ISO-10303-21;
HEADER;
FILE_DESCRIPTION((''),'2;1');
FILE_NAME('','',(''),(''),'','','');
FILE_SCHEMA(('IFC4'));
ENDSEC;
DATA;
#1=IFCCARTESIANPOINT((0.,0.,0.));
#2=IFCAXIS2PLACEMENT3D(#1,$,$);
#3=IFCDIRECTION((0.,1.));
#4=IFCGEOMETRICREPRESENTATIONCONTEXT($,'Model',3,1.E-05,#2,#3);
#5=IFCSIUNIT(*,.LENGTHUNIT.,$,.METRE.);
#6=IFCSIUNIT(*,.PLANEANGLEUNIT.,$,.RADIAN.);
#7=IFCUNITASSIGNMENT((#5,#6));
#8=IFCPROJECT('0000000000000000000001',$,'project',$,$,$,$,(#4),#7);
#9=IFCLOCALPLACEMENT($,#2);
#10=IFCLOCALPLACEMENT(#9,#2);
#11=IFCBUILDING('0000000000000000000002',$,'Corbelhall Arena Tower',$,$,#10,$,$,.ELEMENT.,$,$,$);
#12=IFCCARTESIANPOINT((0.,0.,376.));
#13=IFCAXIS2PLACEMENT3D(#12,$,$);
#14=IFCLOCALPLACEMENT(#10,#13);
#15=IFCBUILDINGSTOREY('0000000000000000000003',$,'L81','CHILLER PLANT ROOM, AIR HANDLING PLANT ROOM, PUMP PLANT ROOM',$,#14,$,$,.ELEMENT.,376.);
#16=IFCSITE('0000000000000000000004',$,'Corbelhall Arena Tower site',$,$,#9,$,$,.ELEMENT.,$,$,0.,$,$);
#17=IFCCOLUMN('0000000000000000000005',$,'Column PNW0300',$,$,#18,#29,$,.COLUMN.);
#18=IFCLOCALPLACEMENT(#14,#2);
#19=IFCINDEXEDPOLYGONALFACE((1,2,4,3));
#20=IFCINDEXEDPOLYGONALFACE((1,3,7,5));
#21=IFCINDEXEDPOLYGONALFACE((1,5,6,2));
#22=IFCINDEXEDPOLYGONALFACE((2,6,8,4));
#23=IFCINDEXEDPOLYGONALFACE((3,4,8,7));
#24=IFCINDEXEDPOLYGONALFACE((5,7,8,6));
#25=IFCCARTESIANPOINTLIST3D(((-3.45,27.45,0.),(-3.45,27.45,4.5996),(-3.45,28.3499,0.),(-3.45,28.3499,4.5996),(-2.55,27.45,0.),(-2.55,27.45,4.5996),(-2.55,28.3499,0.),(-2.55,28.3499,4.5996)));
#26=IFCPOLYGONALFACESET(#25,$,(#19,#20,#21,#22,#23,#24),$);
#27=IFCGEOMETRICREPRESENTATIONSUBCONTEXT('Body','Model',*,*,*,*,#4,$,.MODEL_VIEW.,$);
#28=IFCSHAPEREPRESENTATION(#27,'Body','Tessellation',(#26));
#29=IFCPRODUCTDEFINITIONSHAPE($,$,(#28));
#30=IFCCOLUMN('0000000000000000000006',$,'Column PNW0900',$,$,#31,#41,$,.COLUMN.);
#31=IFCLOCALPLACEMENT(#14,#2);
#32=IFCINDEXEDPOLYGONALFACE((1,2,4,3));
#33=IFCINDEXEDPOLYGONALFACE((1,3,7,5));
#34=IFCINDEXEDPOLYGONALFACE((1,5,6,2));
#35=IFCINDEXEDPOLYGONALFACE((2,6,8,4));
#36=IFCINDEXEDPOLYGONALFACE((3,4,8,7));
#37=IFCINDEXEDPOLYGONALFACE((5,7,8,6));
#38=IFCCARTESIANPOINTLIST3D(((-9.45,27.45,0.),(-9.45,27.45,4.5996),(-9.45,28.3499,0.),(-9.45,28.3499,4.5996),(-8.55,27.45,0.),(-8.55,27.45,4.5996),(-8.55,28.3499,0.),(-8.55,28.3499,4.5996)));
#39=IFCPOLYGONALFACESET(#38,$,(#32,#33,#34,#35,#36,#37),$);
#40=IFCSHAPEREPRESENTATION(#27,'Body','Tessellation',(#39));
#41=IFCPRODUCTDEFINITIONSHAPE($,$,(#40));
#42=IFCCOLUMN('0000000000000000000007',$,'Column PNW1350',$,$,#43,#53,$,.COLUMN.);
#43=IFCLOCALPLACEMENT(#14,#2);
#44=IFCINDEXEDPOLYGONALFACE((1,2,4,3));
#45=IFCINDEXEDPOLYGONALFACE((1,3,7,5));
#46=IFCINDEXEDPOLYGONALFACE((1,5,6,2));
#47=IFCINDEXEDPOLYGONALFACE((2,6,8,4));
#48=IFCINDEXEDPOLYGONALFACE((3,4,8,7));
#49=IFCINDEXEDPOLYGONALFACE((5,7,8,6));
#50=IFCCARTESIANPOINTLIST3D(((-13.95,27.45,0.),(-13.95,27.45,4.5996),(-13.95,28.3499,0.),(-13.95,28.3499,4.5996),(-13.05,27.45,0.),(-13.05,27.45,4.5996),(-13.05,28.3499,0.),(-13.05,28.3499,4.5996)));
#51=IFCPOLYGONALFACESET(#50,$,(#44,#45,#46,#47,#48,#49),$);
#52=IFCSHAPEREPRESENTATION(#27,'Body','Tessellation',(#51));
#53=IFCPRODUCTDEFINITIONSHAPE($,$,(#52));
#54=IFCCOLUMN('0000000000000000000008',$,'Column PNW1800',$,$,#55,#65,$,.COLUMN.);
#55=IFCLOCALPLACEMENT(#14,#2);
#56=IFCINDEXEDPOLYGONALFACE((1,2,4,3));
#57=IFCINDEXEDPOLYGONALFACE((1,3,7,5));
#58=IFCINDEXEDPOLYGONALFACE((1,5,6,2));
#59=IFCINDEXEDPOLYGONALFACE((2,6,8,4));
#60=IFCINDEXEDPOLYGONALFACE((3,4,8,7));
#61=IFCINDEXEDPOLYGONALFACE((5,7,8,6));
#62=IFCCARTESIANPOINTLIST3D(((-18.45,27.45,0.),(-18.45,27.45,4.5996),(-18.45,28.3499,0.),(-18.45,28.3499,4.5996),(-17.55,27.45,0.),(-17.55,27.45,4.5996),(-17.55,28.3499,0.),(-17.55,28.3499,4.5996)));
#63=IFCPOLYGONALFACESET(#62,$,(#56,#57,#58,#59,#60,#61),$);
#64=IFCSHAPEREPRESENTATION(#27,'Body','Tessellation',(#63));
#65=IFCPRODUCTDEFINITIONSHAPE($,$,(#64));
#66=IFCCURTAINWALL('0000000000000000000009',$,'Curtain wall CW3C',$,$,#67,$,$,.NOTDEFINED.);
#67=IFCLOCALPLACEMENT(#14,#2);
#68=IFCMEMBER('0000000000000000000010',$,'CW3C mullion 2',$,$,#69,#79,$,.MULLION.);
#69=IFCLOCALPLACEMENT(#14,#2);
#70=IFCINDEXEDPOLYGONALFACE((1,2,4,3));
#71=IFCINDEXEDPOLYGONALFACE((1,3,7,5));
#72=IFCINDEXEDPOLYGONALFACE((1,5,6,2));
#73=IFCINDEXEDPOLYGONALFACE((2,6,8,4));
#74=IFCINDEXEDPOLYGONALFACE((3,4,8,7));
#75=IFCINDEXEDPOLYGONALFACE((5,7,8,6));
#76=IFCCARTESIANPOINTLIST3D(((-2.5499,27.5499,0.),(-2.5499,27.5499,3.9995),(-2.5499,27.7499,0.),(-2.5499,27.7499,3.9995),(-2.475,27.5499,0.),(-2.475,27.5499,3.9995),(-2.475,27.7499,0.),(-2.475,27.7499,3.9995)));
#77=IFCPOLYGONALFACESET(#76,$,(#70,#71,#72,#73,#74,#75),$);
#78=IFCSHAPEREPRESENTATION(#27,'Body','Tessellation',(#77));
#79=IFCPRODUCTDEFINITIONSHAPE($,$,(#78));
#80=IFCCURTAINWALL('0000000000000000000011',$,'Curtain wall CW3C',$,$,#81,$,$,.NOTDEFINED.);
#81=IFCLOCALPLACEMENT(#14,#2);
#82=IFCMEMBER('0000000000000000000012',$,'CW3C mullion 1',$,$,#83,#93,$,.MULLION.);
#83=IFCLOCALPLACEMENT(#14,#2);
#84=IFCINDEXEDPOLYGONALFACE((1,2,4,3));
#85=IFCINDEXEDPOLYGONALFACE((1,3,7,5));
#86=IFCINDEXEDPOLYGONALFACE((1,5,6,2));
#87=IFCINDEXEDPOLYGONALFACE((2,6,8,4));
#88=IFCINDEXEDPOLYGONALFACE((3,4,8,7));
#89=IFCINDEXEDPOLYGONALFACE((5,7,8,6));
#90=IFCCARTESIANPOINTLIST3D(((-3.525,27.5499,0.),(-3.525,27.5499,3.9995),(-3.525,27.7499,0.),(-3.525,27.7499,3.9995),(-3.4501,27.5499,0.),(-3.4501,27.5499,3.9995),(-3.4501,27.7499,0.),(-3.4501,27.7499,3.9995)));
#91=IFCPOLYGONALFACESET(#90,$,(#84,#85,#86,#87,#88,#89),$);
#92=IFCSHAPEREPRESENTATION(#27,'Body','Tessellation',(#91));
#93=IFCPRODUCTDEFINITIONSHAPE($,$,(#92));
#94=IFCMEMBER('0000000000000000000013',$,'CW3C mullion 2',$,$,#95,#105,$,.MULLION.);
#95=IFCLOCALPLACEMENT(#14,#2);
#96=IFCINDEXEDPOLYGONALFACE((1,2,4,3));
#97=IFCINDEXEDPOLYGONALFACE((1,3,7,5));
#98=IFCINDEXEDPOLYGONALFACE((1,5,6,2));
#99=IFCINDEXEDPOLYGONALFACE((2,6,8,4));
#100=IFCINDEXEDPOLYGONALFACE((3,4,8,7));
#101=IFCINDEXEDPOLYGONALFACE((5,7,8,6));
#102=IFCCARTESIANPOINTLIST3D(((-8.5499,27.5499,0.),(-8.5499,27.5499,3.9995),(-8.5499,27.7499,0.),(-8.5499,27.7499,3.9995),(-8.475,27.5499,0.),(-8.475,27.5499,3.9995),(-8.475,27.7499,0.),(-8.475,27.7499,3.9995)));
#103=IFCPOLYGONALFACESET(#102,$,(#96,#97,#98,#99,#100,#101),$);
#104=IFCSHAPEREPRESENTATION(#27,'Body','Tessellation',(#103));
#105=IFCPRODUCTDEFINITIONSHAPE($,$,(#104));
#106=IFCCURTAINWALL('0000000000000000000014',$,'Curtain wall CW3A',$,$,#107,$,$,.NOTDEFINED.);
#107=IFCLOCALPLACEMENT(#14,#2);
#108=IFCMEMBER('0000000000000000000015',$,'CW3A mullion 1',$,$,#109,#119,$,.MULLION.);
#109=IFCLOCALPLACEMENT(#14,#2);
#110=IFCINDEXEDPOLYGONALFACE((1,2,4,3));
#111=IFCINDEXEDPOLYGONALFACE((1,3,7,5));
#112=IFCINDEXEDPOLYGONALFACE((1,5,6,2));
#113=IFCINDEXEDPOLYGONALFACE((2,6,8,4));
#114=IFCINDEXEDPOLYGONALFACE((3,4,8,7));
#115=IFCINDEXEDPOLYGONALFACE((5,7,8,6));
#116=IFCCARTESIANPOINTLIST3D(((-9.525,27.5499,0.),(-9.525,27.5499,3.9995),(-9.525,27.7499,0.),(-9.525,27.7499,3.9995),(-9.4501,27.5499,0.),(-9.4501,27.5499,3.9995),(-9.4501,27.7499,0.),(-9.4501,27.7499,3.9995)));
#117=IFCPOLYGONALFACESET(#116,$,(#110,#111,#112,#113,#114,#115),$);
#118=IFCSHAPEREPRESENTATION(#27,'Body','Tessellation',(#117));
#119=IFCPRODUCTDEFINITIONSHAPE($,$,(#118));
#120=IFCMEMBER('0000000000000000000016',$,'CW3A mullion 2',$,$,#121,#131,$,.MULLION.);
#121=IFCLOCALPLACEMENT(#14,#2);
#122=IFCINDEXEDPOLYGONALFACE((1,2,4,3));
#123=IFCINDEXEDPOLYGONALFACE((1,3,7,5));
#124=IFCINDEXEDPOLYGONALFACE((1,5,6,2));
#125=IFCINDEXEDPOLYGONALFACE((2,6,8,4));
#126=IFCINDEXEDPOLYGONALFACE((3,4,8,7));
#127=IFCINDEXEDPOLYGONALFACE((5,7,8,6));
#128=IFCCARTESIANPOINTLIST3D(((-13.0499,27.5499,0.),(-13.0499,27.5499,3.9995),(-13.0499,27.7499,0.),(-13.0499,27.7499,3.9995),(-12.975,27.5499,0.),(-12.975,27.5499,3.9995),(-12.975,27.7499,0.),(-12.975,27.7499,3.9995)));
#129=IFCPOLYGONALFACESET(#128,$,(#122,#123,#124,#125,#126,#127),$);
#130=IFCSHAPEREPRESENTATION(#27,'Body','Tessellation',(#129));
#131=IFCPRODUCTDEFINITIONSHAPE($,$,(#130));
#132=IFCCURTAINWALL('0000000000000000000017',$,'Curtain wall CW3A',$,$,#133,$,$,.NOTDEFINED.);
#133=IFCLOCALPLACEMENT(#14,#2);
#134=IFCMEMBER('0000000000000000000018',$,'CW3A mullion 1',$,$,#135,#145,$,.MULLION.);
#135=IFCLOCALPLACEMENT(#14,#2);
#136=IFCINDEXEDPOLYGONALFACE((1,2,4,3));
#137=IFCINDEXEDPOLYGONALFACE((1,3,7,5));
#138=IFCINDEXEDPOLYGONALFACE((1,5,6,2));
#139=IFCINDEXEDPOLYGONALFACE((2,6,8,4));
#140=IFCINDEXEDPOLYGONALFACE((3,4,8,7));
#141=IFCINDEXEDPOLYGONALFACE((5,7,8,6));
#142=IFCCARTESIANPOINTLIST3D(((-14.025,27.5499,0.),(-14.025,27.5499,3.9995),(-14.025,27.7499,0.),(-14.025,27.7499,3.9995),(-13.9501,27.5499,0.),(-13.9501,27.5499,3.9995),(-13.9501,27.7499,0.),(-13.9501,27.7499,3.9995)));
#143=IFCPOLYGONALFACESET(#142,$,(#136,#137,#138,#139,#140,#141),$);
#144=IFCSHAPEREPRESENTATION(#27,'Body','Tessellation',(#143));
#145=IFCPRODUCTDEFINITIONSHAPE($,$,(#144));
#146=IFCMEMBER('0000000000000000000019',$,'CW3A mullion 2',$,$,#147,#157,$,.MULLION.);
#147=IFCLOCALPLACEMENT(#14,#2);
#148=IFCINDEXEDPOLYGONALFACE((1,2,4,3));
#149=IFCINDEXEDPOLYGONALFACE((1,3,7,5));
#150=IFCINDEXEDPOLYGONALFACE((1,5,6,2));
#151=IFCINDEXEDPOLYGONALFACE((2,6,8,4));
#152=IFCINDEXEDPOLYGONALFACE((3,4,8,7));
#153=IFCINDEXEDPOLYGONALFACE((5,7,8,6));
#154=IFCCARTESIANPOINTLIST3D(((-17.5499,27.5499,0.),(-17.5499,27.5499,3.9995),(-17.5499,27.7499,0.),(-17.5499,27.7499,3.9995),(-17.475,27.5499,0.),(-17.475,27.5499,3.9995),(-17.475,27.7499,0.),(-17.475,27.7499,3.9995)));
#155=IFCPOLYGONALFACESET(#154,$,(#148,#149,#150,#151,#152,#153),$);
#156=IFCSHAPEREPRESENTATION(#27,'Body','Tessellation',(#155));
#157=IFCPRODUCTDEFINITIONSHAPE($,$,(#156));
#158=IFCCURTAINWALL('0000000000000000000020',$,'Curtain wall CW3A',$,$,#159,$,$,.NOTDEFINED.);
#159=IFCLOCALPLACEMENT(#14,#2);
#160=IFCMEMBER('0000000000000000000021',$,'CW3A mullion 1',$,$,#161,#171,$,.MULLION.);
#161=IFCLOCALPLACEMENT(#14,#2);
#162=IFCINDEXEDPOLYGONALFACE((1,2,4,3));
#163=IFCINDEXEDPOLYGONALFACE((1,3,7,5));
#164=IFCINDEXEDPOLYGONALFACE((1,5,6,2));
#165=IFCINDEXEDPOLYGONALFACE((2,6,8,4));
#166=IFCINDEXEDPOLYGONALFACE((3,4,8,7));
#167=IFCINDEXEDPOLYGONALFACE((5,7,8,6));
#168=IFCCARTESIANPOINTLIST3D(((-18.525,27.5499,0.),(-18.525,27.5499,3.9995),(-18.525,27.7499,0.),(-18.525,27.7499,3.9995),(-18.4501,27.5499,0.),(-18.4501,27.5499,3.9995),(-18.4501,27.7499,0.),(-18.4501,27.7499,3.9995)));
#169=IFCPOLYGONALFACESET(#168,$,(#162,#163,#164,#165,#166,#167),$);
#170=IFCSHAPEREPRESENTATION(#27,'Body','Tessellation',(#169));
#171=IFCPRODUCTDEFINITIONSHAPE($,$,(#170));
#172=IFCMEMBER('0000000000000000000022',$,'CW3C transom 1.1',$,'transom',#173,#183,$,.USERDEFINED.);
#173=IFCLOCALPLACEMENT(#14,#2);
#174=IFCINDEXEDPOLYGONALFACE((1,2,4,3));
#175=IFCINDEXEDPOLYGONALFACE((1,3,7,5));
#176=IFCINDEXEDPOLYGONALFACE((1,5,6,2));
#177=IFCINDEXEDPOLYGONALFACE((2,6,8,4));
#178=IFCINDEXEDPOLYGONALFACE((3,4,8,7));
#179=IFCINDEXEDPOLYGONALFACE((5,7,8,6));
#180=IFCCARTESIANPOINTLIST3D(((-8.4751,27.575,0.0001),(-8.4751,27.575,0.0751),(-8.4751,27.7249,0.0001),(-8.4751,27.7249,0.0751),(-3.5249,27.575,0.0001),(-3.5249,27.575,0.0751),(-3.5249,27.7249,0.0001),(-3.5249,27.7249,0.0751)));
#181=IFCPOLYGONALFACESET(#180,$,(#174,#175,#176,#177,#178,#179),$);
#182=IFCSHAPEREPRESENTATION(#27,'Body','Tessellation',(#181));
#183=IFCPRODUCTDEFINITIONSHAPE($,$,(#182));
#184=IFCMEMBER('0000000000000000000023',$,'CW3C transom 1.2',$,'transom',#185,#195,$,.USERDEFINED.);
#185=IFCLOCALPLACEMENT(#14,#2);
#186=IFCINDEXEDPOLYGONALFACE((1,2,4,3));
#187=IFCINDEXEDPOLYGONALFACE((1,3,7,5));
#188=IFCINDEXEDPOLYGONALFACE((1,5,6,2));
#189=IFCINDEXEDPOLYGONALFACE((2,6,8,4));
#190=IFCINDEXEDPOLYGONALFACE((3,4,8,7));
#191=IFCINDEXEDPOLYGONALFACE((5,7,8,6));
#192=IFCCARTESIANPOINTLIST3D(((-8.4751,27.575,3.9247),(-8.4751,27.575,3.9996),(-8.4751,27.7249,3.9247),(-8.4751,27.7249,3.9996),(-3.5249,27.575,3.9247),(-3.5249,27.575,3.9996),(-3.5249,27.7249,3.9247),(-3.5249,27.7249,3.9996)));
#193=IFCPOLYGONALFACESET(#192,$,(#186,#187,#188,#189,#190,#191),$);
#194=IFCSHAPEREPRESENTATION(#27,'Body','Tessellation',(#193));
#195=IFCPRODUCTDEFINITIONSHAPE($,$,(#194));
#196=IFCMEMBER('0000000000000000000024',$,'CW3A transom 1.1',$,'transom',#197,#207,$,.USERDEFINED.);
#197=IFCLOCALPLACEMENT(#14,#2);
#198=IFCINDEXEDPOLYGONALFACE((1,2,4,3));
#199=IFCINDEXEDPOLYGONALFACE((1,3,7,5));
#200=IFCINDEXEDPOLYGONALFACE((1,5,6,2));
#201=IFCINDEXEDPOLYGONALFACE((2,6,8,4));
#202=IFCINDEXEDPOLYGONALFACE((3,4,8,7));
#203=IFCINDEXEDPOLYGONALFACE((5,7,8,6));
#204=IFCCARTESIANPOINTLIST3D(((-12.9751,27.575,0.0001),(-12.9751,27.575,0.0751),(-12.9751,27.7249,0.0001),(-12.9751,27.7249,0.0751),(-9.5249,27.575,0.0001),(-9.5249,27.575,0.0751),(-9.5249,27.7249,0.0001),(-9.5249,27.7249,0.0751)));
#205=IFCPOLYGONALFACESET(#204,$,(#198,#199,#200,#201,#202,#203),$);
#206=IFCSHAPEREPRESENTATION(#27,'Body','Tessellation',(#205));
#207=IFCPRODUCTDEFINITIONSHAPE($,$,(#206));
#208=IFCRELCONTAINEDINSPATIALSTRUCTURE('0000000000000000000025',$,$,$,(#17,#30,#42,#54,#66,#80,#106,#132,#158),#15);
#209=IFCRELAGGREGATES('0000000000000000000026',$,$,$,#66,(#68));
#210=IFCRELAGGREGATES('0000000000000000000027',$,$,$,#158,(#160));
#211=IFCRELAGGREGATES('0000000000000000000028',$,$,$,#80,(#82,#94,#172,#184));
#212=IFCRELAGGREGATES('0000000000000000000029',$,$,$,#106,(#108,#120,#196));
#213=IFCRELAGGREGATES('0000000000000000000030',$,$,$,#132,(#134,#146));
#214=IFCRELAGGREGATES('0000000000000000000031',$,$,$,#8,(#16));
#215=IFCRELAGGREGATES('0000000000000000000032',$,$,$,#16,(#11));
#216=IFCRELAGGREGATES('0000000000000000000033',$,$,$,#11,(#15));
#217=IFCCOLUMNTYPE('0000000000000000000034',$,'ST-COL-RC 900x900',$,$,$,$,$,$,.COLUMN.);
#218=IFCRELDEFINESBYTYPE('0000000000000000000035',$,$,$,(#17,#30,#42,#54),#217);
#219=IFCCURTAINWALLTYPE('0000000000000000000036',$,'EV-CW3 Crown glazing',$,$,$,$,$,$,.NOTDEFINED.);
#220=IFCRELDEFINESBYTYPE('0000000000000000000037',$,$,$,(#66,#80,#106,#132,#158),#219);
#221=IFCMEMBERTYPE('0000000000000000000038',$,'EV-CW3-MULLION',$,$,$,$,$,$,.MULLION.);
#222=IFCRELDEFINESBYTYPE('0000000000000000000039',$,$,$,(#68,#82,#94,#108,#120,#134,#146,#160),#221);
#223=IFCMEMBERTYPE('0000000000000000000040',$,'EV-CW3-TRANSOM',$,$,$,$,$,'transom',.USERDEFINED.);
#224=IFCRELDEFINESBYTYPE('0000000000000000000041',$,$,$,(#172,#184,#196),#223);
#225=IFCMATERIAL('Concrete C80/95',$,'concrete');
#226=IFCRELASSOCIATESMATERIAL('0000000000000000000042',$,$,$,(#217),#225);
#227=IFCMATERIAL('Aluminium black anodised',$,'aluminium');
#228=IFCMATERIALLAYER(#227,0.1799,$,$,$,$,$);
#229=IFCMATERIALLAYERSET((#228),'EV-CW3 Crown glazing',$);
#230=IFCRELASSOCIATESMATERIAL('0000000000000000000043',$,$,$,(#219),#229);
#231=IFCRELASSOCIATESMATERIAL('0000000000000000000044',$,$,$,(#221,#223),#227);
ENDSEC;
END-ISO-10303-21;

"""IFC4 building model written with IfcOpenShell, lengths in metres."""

from ifc_helpers import new_model, si_unit, direction, frame, origin, origin_2d, place, context, subcontext, project, spatial, rectangle, extrude, material, layer, layer_set, material_profile, profile_set, type_object, element, aggregate, save


model = new_model("IFC4")

# Units and contexts
model_context = context("Model", 3, precision=1e-05, world=origin(), true_north=direction((0.0, 1.0)))
body_context = subcontext(model_context, "Body", "Model", "MODEL_VIEW")
ifc_project = project(units=[si_unit("LENGTHUNIT", "METRE"), si_unit("PLANEANGLEUNIT", "RADIAN")], contexts=[model_context])

# Site, building, storey
site_placement = place(None, origin())
site = spatial("IfcSite", under=ifc_project, at=site_placement, Name="Corbelhall Arena Tower site", CompositionType="ELEMENT", RefElevation=0.0)
building_placement = place(site_placement, origin())
building = spatial("IfcBuilding", under=site, at=building_placement, Name="Corbelhall Arena Tower", CompositionType="ELEMENT")
storey_placement = place(building_placement, frame((0.0, 0.0, 376.0)))
storey = spatial("IfcBuildingStorey", under=building, at=storey_placement, Name="L81", Description="CHILLER PLANT ROOM, AIR HANDLING PLANT ROOM, PUMP PLANT ROOM", CompositionType="ELEMENT", Elevation=376.0)

# Columns
ifc_material_1 = material(Name="Concrete C80/95", Category="concrete")
ifc_material_profile_1 = material_profile(ifc_material_1, rectangle(XDim=0.8999, YDim=0.8999, at=origin_2d()))
ifc_profile_set_1 = profile_set([ifc_material_profile_1], Name="Concrete C80/95")
column_type = type_object("IfcColumnType", Name="ST-COL-RC 900x900", PredefinedType="COLUMN", material=ifc_profile_set_1)
for number, where, z_axis, x_axis, name in (
    (1, (-3.0, 27.8999, 0.0), (0.0, 0.0, 1.0), (1.0, 0.0, 0.0), "Column PNW0300"),
    (2, (-9.0, 27.8999, 0.0), (0.0, 0.0, 1.0), (1.0, 0.0, 0.0), "Column PNW0900"),
    (3, (-13.5, 27.8999, 0.0), (0.0, 0.0, 1.0), (1.0, 0.0, 0.0), "Column PNW1350"),
    (4, (-18.0, 27.8999, 0.0), (0.0, 0.0, 1.0), (1.0, 0.0, 0.0), "Column PNW1800"),
):
    element("IfcColumn", number, at=place(storey_placement, frame(where, z_axis=z_axis, x_axis=x_axis)), inside=storey, type_object=column_type, Name=name, PredefinedType="COLUMN", context=body_context, shape_type="SweptSolid", body=[
        extrude(rectangle(XDim=0.8999, YDim=0.8999, at=origin_2d()), origin(), (0.0, 0.0, 1.0), 4.5996),
    ])

# Curtain wall, member
ifc_material_2 = material(Name="Aluminium black anodised", Category="aluminium")
ifc_layer_1 = layer(ifc_material_2, 0.1799)
ifc_layer_set_1 = layer_set([ifc_layer_1], Name="EV-CW3 Crown glazing")
curtain_wall_type = type_object("IfcCurtainWallType", Name="EV-CW3 Crown glazing", PredefinedType="NOTDEFINED", material=ifc_layer_set_1)
curtain_wall_1_placement = place(storey_placement, origin())
curtain_wall_1 = element("IfcCurtainWall", 5, at=curtain_wall_1_placement, inside=storey, type_object=curtain_wall_type, Name="Curtain wall CW3C", PredefinedType="NOTDEFINED")
ifc_material_profile_2 = material_profile(ifc_material_2, rectangle(XDim=0.2, YDim=0.075, at=origin_2d()))
ifc_profile_set_2 = profile_set([ifc_material_profile_2], Name="Aluminium black anodised")
member_type_1 = type_object("IfcMemberType", Name="EV-CW3-MULLION", PredefinedType="MULLION", material=ifc_profile_set_2)
member_1_placement = place(storey_placement, frame((-2.5125, 27.6499, 0.0), z_axis=(0.0, 0.0, 1.0), x_axis=(0.0, -1.0, 0.0)))
member_1 = element("IfcMember", 6, at=member_1_placement, type_object=member_type_1, Name="CW3C mullion 2", PredefinedType="MULLION", context=body_context, shape_type="SweptSolid", body=[
    extrude(rectangle(XDim=0.2, YDim=0.075, at=origin_2d()), origin(), (0.0, 0.0, 1.0), 3.9995),
])
aggregate(curtain_wall_1, [member_1])

# Curtain walls, members
curtain_wall_2_placement = place(storey_placement, origin())
curtain_wall_2 = element("IfcCurtainWall", 7, at=curtain_wall_2_placement, inside=storey, type_object=curtain_wall_type, Name="Curtain wall CW3C", PredefinedType="NOTDEFINED")
member_2_placement = place(storey_placement, frame((-3.4875, 27.6499, 0.0), z_axis=(0.0, 0.0, 1.0), x_axis=(0.0, -1.0, 0.0)))
member_2 = element("IfcMember", 8, at=member_2_placement, type_object=member_type_1, Name="CW3C mullion 1", PredefinedType="MULLION", context=body_context, shape_type="SweptSolid", body=[
    extrude(rectangle(XDim=0.2, YDim=0.075, at=origin_2d()), origin(), (0.0, 0.0, 1.0), 3.9995),
])
member_3_placement = place(storey_placement, frame((-8.5125, 27.6499, 0.0), z_axis=(0.0, 0.0, 1.0), x_axis=(0.0, -1.0, 0.0)))
member_3 = element("IfcMember", 9, at=member_3_placement, type_object=member_type_1, Name="CW3C mullion 2", PredefinedType="MULLION", context=body_context, shape_type="SweptSolid", body=[
    extrude(rectangle(XDim=0.2, YDim=0.075, at=origin_2d()), origin(), (0.0, 0.0, 1.0), 3.9995),
])
curtain_wall_3_placement = place(storey_placement, origin())
curtain_wall_3 = element("IfcCurtainWall", 10, at=curtain_wall_3_placement, inside=storey, type_object=curtain_wall_type, Name="Curtain wall CW3A", PredefinedType="NOTDEFINED")
member_4_placement = place(storey_placement, frame((-9.4875, 27.6499, 0.0), z_axis=(0.0, 0.0, 1.0), x_axis=(0.0, -1.0, 0.0)))
member_4 = element("IfcMember", 11, at=member_4_placement, type_object=member_type_1, Name="CW3A mullion 1", PredefinedType="MULLION", context=body_context, shape_type="SweptSolid", body=[
    extrude(rectangle(XDim=0.2, YDim=0.075, at=origin_2d()), origin(), (0.0, 0.0, 1.0), 3.9995),
])
member_5_placement = place(storey_placement, frame((-13.0125, 27.6499, 0.0), z_axis=(0.0, 0.0, 1.0), x_axis=(0.0, -1.0, 0.0)))
member_5 = element("IfcMember", 12, at=member_5_placement, type_object=member_type_1, Name="CW3A mullion 2", PredefinedType="MULLION", context=body_context, shape_type="SweptSolid", body=[
    extrude(rectangle(XDim=0.2, YDim=0.075, at=origin_2d()), origin(), (0.0, 0.0, 1.0), 3.9995),
])
curtain_wall_4_placement = place(storey_placement, origin())
curtain_wall_4 = element("IfcCurtainWall", 13, at=curtain_wall_4_placement, inside=storey, type_object=curtain_wall_type, Name="Curtain wall CW3A", PredefinedType="NOTDEFINED")
member_6_placement = place(storey_placement, frame((-13.9875, 27.6499, 0.0), z_axis=(0.0, 0.0, 1.0), x_axis=(0.0, -1.0, 0.0)))
member_6 = element("IfcMember", 14, at=member_6_placement, type_object=member_type_1, Name="CW3A mullion 1", PredefinedType="MULLION", context=body_context, shape_type="SweptSolid", body=[
    extrude(rectangle(XDim=0.2, YDim=0.075, at=origin_2d()), origin(), (0.0, 0.0, 1.0), 3.9995),
])
member_7_placement = place(storey_placement, frame((-17.5125, 27.6499, 0.0), z_axis=(0.0, 0.0, 1.0), x_axis=(0.0, -1.0, 0.0)))
member_7 = element("IfcMember", 15, at=member_7_placement, type_object=member_type_1, Name="CW3A mullion 2", PredefinedType="MULLION", context=body_context, shape_type="SweptSolid", body=[
    extrude(rectangle(XDim=0.2, YDim=0.075, at=origin_2d()), origin(), (0.0, 0.0, 1.0), 3.9995),
])

# Curtain wall, member
curtain_wall_5_placement = place(storey_placement, origin())
curtain_wall_5 = element("IfcCurtainWall", 16, at=curtain_wall_5_placement, inside=storey, type_object=curtain_wall_type, Name="Curtain wall CW3A", PredefinedType="NOTDEFINED")
member_8_placement = place(storey_placement, frame((-18.4875, 27.6499, 0.0), z_axis=(0.0, 0.0, 1.0), x_axis=(0.0, -1.0, 0.0)))
member_8 = element("IfcMember", 17, at=member_8_placement, type_object=member_type_1, Name="CW3A mullion 1", PredefinedType="MULLION", context=body_context, shape_type="SweptSolid", body=[
    extrude(rectangle(XDim=0.2, YDim=0.075, at=origin_2d()), origin(), (0.0, 0.0, 1.0), 3.9995),
])

# Members
ifc_material_profile_3 = material_profile(ifc_material_2, rectangle(XDim=0.1499, YDim=0.075, at=origin_2d()))
ifc_profile_set_3 = profile_set([ifc_material_profile_3], Name="Aluminium black anodised")
member_type_2 = type_object("IfcMemberType", Name="EV-CW3-TRANSOM", ElementType="transom", PredefinedType="USERDEFINED", material=ifc_profile_set_3)
member_9_placement = place(storey_placement, frame((-3.5249, 27.6499, 0.0376), z_axis=(-1.0, 0.0, 0.0), x_axis=(0.0, -1.0, 0.0)))
member_9 = element("IfcMember", 18, at=member_9_placement, type_object=member_type_2, Name="CW3C transom 1.1", ObjectType="transom", PredefinedType="USERDEFINED", context=body_context, shape_type="SweptSolid", body=[
    extrude(rectangle(XDim=0.1499, YDim=0.075, at=origin_2d()), origin(), (0.0, 0.0, 1.0), 4.9502),
])
member_10_placement = place(storey_placement, frame((-3.5249, 27.6499, 3.9622), z_axis=(-1.0, 0.0, 0.0), x_axis=(0.0, -1.0, 0.0)))
member_10 = element("IfcMember", 19, at=member_10_placement, type_object=member_type_2, Name="CW3C transom 1.2", ObjectType="transom", PredefinedType="USERDEFINED", context=body_context, shape_type="SweptSolid", body=[
    extrude(rectangle(XDim=0.1499, YDim=0.075, at=origin_2d()), origin(), (0.0, 0.0, 1.0), 4.9502),
])
member_11_placement = place(storey_placement, frame((-9.5249, 27.6499, 0.0376), z_axis=(-1.0, 0.0, 0.0), x_axis=(0.0, -1.0, 0.0)))
member_11 = element("IfcMember", 20, at=member_11_placement, type_object=member_type_2, Name="CW3A transom 1.1", ObjectType="transom", PredefinedType="USERDEFINED", context=body_context, shape_type="SweptSolid", body=[
    extrude(rectangle(XDim=0.1499, YDim=0.075, at=origin_2d()), origin(), (0.0, 0.0, 1.0), 3.4502),
])
aggregate(curtain_wall_5, [member_8])

aggregate(curtain_wall_2, [member_2, member_3, member_9, member_10])
aggregate(curtain_wall_3, [member_4, member_5, member_11])
aggregate(curtain_wall_4, [member_6, member_7])

save(model, "model.ifc")
